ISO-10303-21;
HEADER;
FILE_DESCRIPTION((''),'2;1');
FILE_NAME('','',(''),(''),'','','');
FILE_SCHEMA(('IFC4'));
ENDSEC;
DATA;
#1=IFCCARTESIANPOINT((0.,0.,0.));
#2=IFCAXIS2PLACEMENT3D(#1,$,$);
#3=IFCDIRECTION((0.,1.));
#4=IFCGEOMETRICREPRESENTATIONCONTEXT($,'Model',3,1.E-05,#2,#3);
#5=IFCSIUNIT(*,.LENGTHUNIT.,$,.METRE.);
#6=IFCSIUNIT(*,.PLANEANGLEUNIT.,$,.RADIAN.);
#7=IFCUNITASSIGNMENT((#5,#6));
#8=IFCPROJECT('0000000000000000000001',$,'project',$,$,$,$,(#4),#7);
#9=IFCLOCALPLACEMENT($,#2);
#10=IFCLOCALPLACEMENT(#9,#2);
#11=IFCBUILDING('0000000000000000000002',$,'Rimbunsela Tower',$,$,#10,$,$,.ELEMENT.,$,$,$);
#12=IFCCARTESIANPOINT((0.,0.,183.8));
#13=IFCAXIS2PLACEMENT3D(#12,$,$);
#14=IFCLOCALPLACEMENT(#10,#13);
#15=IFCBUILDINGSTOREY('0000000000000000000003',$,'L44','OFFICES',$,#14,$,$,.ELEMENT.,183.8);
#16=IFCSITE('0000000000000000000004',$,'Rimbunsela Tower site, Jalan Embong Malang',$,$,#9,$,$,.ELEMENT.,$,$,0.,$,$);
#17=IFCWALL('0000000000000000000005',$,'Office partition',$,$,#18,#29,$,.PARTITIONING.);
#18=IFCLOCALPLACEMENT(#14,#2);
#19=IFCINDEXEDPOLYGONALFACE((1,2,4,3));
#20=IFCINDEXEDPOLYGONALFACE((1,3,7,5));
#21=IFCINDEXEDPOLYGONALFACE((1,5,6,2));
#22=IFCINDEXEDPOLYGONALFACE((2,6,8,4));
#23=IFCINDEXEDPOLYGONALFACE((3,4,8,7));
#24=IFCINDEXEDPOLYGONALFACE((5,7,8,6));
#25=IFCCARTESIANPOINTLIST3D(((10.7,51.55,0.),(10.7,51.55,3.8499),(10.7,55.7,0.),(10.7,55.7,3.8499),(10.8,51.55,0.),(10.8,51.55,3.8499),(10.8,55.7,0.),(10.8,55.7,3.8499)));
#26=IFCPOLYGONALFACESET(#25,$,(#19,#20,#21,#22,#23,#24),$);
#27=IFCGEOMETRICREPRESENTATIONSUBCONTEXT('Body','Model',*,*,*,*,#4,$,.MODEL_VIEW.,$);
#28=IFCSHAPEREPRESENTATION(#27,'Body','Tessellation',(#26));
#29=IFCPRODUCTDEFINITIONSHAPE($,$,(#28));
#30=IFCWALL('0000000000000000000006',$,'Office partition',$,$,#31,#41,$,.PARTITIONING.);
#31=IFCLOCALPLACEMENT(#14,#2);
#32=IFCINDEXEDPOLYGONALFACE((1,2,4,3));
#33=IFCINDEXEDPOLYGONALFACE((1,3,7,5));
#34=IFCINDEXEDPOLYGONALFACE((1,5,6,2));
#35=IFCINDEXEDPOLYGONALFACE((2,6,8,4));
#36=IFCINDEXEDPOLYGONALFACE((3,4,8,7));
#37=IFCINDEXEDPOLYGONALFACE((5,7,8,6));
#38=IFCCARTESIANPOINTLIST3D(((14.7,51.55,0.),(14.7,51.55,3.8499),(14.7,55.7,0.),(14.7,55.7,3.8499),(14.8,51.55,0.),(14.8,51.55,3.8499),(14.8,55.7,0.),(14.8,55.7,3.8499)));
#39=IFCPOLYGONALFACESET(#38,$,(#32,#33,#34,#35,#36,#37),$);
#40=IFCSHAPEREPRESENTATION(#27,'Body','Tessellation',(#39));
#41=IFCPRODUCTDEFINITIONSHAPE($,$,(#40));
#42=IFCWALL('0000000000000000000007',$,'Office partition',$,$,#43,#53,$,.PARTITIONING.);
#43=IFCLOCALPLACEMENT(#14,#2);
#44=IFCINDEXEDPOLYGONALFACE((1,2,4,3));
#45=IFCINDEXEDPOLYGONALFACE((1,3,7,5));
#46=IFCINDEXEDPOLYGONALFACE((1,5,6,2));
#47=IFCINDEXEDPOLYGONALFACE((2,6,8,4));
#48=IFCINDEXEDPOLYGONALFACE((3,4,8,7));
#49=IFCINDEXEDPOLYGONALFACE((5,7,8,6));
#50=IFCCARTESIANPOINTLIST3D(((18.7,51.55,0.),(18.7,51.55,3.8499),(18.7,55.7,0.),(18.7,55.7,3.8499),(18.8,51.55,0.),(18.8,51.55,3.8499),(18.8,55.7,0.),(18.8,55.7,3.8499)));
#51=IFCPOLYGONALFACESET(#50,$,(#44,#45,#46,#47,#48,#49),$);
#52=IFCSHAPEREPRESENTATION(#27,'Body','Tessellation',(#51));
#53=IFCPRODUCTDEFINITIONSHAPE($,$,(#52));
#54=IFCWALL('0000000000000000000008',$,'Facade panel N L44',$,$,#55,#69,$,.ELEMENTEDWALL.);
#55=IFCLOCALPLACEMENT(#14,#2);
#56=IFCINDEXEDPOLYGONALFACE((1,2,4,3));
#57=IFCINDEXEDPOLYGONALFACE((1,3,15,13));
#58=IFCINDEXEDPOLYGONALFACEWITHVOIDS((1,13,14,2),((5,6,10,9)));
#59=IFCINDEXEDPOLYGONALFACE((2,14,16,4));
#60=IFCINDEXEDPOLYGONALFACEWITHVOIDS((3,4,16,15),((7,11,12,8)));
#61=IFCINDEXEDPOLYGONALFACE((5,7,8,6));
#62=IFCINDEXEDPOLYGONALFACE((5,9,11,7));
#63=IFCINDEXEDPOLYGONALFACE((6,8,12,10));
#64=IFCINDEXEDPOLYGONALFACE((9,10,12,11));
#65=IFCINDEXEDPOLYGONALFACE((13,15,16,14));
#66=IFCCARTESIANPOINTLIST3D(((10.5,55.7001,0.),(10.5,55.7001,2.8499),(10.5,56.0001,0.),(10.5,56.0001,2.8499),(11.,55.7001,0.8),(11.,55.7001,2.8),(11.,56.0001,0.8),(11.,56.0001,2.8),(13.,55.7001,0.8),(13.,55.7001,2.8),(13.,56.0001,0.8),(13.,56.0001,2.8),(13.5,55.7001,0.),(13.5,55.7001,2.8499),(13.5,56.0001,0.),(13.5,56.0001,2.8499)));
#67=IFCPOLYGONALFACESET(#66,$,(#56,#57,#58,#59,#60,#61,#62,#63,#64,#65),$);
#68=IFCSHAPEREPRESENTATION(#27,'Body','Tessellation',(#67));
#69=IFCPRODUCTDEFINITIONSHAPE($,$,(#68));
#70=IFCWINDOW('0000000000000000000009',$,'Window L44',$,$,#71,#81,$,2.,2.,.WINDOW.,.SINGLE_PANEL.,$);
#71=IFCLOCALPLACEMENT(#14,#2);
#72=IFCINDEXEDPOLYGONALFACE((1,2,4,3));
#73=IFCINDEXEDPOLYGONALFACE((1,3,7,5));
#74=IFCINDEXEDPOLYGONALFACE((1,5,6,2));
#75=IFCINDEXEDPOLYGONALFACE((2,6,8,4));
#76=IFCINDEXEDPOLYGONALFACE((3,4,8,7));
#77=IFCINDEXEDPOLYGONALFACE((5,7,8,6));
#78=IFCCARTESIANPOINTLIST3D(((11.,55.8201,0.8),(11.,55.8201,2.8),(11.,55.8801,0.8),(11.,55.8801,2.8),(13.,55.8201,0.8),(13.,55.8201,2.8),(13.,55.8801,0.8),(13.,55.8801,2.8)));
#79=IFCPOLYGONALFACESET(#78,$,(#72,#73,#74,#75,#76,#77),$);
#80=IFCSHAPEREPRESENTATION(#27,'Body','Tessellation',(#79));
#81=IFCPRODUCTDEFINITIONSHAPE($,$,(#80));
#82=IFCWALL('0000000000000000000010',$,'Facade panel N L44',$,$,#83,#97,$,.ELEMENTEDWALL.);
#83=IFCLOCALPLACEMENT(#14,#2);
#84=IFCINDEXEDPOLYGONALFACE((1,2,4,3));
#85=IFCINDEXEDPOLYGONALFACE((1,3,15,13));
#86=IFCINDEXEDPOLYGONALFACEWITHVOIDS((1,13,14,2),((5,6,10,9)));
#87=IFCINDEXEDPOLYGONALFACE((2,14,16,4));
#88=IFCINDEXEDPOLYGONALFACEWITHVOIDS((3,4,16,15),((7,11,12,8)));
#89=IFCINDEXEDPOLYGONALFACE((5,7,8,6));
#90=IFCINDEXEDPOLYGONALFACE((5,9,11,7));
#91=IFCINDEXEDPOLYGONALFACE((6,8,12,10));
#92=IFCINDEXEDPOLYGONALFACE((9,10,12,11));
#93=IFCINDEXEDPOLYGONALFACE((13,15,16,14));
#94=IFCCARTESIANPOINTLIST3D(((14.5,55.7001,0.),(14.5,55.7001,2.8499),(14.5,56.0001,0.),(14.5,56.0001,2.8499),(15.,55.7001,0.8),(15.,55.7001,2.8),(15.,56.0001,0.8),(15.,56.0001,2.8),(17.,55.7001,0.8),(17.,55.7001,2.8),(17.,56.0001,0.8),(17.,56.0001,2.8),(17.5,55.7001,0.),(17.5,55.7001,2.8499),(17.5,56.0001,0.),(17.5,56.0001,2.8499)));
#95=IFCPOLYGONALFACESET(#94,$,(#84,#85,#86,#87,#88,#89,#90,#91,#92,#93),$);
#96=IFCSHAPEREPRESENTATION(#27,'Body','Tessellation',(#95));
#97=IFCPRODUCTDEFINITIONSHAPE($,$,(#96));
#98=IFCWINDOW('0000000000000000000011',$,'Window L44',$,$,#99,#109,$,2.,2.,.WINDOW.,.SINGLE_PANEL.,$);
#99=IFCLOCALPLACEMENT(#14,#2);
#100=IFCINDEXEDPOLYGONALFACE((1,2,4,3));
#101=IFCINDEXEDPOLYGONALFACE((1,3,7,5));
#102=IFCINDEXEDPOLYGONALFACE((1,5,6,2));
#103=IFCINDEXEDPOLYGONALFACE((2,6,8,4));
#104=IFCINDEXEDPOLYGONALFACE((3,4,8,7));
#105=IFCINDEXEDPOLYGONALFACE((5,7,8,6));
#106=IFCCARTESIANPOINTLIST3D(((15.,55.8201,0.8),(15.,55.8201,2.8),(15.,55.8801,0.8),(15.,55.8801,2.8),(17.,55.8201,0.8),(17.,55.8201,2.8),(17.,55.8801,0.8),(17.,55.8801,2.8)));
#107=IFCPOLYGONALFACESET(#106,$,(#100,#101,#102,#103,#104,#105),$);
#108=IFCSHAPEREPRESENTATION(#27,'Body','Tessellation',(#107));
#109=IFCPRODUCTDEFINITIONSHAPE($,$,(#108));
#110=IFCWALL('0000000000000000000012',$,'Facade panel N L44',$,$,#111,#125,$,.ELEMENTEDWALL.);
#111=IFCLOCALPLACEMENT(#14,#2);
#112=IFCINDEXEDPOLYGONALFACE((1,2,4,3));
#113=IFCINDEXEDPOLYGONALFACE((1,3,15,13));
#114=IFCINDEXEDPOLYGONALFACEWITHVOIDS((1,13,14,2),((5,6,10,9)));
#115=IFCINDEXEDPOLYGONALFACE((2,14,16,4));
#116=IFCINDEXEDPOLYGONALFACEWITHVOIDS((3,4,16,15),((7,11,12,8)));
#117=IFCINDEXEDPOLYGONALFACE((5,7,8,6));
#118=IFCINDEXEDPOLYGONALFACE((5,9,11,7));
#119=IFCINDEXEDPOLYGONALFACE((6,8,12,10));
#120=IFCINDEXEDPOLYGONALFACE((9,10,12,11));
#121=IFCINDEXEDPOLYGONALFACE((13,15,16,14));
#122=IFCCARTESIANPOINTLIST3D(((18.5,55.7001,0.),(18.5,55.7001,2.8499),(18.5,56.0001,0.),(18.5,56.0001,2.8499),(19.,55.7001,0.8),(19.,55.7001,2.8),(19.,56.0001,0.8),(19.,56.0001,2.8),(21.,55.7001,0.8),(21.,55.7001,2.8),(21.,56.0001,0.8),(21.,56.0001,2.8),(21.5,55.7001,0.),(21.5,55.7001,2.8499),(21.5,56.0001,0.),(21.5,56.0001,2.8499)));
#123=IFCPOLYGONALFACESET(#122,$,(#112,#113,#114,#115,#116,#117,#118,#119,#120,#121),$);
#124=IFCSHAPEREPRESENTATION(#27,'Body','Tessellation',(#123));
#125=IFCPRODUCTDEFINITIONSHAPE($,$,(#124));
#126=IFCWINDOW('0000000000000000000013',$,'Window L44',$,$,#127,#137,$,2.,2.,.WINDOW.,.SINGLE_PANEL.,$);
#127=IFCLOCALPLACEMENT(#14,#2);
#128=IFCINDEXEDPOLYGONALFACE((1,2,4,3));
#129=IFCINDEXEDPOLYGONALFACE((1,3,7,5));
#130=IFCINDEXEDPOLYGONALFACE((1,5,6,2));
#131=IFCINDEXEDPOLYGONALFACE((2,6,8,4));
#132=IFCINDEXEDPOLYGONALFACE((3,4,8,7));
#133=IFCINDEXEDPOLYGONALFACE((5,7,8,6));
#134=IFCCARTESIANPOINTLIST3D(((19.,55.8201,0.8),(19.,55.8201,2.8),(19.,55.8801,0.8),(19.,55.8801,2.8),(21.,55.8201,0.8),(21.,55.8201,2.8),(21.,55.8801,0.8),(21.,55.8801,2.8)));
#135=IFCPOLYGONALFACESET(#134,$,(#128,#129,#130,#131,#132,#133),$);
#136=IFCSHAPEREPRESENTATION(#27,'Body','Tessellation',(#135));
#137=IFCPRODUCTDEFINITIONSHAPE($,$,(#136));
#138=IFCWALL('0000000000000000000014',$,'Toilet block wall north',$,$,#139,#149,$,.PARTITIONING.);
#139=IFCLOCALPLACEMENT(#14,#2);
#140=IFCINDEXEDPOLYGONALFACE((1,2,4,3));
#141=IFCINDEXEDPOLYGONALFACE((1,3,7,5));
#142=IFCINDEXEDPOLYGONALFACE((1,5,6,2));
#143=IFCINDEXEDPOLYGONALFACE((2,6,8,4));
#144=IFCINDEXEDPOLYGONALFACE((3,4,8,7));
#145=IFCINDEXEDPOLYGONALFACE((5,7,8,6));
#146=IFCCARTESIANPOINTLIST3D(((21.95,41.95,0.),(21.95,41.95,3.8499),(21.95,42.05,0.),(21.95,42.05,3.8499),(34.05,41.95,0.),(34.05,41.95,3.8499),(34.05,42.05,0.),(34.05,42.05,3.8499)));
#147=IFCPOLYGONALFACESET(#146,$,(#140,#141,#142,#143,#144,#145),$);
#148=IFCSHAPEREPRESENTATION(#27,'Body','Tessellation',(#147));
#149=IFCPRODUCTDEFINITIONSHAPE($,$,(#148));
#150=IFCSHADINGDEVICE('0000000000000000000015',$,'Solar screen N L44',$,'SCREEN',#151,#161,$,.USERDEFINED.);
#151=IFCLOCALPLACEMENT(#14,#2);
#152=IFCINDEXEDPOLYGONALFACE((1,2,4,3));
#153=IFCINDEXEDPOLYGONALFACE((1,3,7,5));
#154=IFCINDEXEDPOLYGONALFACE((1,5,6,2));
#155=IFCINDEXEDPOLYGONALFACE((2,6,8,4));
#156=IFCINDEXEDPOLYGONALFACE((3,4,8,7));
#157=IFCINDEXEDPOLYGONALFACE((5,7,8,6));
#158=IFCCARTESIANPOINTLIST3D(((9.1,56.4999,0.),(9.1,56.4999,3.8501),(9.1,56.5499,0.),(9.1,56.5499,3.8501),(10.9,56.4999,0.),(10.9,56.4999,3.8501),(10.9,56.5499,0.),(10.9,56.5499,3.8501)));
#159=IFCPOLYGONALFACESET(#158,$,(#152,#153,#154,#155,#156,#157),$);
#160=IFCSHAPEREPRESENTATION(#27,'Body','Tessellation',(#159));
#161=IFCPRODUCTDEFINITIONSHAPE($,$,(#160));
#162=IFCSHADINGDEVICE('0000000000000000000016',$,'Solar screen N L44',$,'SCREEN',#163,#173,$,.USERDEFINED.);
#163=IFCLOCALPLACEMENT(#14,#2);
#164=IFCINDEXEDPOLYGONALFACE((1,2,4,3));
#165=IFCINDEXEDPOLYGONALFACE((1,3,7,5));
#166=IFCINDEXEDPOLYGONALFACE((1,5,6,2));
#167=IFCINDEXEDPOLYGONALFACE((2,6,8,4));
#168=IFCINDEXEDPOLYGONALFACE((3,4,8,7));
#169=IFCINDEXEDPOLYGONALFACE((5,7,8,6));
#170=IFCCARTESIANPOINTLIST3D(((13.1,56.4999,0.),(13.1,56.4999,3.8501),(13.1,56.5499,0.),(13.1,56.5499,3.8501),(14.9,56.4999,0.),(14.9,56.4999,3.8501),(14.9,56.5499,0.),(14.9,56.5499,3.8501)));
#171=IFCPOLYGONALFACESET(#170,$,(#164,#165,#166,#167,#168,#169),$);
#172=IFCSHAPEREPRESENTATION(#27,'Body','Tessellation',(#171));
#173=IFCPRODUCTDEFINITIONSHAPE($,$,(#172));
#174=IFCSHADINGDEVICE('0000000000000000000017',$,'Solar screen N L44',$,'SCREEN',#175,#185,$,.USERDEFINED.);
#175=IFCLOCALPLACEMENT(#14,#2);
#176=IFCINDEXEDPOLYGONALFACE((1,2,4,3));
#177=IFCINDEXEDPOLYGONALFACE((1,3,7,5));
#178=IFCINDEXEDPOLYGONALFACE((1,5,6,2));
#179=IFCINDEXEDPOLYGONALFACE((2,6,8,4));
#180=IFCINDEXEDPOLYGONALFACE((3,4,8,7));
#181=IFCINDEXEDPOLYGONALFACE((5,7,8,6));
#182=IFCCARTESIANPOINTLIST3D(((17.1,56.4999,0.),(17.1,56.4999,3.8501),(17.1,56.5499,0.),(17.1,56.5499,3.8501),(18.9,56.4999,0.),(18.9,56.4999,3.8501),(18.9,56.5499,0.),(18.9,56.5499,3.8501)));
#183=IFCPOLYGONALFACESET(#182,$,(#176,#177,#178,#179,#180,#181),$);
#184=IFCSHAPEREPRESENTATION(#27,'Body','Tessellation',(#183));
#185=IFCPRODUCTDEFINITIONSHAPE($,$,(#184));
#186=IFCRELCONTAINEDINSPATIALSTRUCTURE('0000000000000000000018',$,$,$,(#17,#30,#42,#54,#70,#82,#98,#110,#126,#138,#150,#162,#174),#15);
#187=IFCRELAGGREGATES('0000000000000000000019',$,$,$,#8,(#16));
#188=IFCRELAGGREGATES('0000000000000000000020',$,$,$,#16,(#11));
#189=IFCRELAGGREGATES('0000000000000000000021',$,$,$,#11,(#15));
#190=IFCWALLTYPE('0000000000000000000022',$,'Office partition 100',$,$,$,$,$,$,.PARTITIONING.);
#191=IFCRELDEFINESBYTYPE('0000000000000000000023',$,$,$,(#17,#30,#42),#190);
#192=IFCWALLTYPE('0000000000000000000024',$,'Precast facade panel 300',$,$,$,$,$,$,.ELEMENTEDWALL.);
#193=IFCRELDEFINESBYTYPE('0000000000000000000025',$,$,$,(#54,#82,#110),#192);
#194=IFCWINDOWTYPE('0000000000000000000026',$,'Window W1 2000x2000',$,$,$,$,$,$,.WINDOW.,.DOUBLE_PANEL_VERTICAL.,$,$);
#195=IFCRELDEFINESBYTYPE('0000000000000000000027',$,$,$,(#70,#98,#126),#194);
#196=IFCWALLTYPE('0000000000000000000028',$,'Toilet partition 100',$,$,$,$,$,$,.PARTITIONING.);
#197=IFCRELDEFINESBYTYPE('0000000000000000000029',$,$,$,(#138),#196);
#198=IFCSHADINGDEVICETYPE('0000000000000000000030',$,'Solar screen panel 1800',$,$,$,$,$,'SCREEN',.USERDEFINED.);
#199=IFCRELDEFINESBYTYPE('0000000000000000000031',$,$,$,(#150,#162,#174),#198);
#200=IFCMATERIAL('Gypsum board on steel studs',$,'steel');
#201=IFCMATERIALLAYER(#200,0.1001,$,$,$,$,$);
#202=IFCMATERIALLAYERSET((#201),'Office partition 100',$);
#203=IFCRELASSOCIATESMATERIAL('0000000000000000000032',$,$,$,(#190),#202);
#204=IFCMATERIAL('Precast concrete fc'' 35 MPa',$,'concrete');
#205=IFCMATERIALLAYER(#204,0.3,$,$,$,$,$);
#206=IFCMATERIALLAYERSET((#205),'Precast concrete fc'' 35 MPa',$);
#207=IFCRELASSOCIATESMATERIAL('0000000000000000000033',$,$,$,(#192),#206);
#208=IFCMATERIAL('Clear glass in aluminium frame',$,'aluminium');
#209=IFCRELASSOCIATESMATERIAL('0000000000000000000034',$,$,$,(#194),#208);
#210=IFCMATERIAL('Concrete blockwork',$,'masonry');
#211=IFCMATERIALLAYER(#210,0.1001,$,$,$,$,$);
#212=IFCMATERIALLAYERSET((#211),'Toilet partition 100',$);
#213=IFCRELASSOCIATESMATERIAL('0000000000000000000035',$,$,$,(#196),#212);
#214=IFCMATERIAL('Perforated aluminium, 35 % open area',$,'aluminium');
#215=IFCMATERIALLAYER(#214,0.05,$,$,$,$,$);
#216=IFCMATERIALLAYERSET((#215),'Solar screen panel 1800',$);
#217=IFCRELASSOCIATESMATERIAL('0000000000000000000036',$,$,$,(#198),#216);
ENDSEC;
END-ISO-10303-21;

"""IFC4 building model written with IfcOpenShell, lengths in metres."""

from ifc_helpers import new_model, si_unit, direction, frame, frame_2d, origin, origin_2d, place, context, subcontext, project, spatial, rectangle, extrude, material, layer, layer_set, type_object, element, fill, save


model = new_model("IFC4")

# Units and contexts
model_context = context("Model", 3, precision=1e-05, world=origin(), true_north=direction((0.0, 1.0)))
body_context = subcontext(model_context, "Body", "Model", "MODEL_VIEW")
ifc_project = project(units=[si_unit("LENGTHUNIT", "METRE"), si_unit("PLANEANGLEUNIT", "RADIAN")], contexts=[model_context])

# Site, building, storey
site_placement = place(None, origin())
site = spatial("IfcSite", under=ifc_project, at=site_placement, Name="Rimbunsela Tower site, Jalan Embong Malang", CompositionType="ELEMENT", RefElevation=0.0)
building_placement = place(site_placement, origin())
building = spatial("IfcBuilding", under=site, at=building_placement, Name="Rimbunsela Tower", CompositionType="ELEMENT")
storey_placement = place(building_placement, frame((0.0, 0.0, 183.8)))
storey = spatial("IfcBuildingStorey", under=building, at=storey_placement, Name="L44", Description="OFFICES", CompositionType="ELEMENT", Elevation=183.8)

# Shared definitions
ifc_material_1 = material(Name="Gypsum board on steel studs", Category="steel")
ifc_layer_1 = layer(ifc_material_1, 0.1001)
ifc_layer_set_1 = layer_set([ifc_layer_1], Name="Office partition 100")
wall_type_1 = type_object("IfcWallType", Name="Office partition 100", PredefinedType="PARTITIONING", material=ifc_layer_set_1)

# Walls
for number, where, z_axis, x_axis, name in (
    (1, (10.75, 51.55, 0.0), (0.0, 0.0, 1.0), (0.0, 1.0, 0.0), "Office partition"),
    (2, (14.75, 51.55, 0.0), (0.0, 0.0, 1.0), (0.0, 1.0, 0.0), "Office partition"),
    (3, (18.75, 51.55, 0.0), (0.0, 0.0, 1.0), (0.0, 1.0, 0.0), "Office partition"),
):
    element("IfcWall", number, at=place(storey_placement, frame(where, z_axis=z_axis, x_axis=x_axis)), inside=storey, type_object=wall_type_1, Name=name, PredefinedType="PARTITIONING", context=body_context, shape_type="SweptSolid", body=[
        extrude(rectangle(XDim=4.1499, YDim=0.1001, at=frame_2d((2.075, 0.0))), origin(), (0.0, 0.0, 1.0), 3.8499),
    ])

# Walls, openings, windows
ifc_material_2 = material(Name="Precast concrete fc' 35 MPa", Category="concrete")
ifc_layer_2 = layer(ifc_material_2, 0.3)
ifc_layer_set_2 = layer_set([ifc_layer_2], Name="Precast concrete fc' 35 MPa")
wall_type_2 = type_object("IfcWallType", Name="Precast facade panel 300", PredefinedType="ELEMENTEDWALL", material=ifc_layer_set_2)
wall_1_placement = place(storey_placement, frame((13.5, 55.8501, 0.0), z_axis=(0.0, 0.0, 1.0), x_axis=(-1.0, 0.0, 0.0)))
wall_1 = element("IfcWall", 4, at=wall_1_placement, inside=storey, type_object=wall_type_2, Name="Facade panel N L44", PredefinedType="ELEMENTEDWALL", context=body_context, shape_type="SweptSolid", body=[
    extrude(rectangle(XDim=3.0, YDim=0.3, at=frame_2d((1.5, 0.0))), origin(), (0.0, 0.0, 1.0), 2.8499),
])
opening_1_placement = place(wall_1_placement, frame((0.5, 0.0, 0.8)))
opening_1 = element("IfcOpeningElement", 5, at=opening_1_placement, cuts=wall_1, PredefinedType="OPENING", context=body_context, shape_type="SweptSolid", body=[
    extrude(rectangle(XDim=2.0, YDim=2.0, at=frame_2d((1.0, 1.0))), frame((0.0, 0.1599, 0.0), z_axis=(0.0, -1.0, 0.0), x_axis=(1.0, 0.0, 0.0)), (0.0, 0.0, 1.0), 0.3201),
])
ifc_material_3 = material(Name="Clear glass in aluminium frame", Category="aluminium")
window_type = type_object("IfcWindowType", Name="Window W1 2000x2000", PartitioningType="DOUBLE_PANEL_VERTICAL", PredefinedType="WINDOW", material=ifc_material_3)
window_1_placement = place(opening_1_placement, origin())
window_1 = element("IfcWindow", 6, at=window_1_placement, inside=storey, type_object=window_type, Name="Window L44", OverallHeight=2.0, OverallWidth=2.0, PartitioningType="SINGLE_PANEL", PredefinedType="WINDOW", context=body_context, shape_type="SweptSolid", body=[
    extrude(rectangle(XDim=2.0, YDim=2.0, at=frame_2d((1.0, 1.0))), frame((0.0, 0.03, 0.0), z_axis=(0.0, -1.0, 0.0), x_axis=(1.0, 0.0, 0.0)), (0.0, 0.0, 1.0), 0.0601),
])
fill(opening_1, window_1)
wall_2_placement = place(storey_placement, frame((17.5, 55.8501, 0.0), z_axis=(0.0, 0.0, 1.0), x_axis=(-1.0, 0.0, 0.0)))
wall_2 = element("IfcWall", 7, at=wall_2_placement, inside=storey, type_object=wall_type_2, Name="Facade panel N L44", PredefinedType="ELEMENTEDWALL", context=body_context, shape_type="SweptSolid", body=[
    extrude(rectangle(XDim=3.0, YDim=0.3, at=frame_2d((1.5, 0.0))), origin(), (0.0, 0.0, 1.0), 2.8499),
])
opening_2_placement = place(wall_2_placement, frame((0.5, 0.0, 0.8)))
opening_2 = element("IfcOpeningElement", 8, at=opening_2_placement, cuts=wall_2, PredefinedType="OPENING", context=body_context, shape_type="SweptSolid", body=[
    extrude(rectangle(XDim=2.0, YDim=2.0, at=frame_2d((1.0, 1.0))), frame((0.0, 0.1599, 0.0), z_axis=(0.0, -1.0, 0.0), x_axis=(1.0, 0.0, 0.0)), (0.0, 0.0, 1.0), 0.3201),
])
window_2_placement = place(opening_2_placement, origin())
window_2 = element("IfcWindow", 9, at=window_2_placement, inside=storey, type_object=window_type, Name="Window L44", OverallHeight=2.0, OverallWidth=2.0, PartitioningType="SINGLE_PANEL", PredefinedType="WINDOW", context=body_context, shape_type="SweptSolid", body=[
    extrude(rectangle(XDim=2.0, YDim=2.0, at=frame_2d((1.0, 1.0))), frame((0.0, 0.03, 0.0), z_axis=(0.0, -1.0, 0.0), x_axis=(1.0, 0.0, 0.0)), (0.0, 0.0, 1.0), 0.0601),
])
fill(opening_2, window_2)
wall_3_placement = place(storey_placement, frame((21.5, 55.8501, 0.0), z_axis=(0.0, 0.0, 1.0), x_axis=(-1.0, 0.0, 0.0)))
wall_3 = element("IfcWall", 10, at=wall_3_placement, inside=storey, type_object=wall_type_2, Name="Facade panel N L44", PredefinedType="ELEMENTEDWALL", context=body_context, shape_type="SweptSolid", body=[
    extrude(rectangle(XDim=3.0, YDim=0.3, at=frame_2d((1.5, 0.0))), origin(), (0.0, 0.0, 1.0), 2.8499),
])
opening_3_placement = place(wall_3_placement, frame((0.5, 0.0, 0.8)))
opening_3 = element("IfcOpeningElement", 11, at=opening_3_placement, cuts=wall_3, PredefinedType="OPENING", context=body_context, shape_type="SweptSolid", body=[
    extrude(rectangle(XDim=2.0, YDim=2.0, at=frame_2d((1.0, 1.0))), frame((0.0, 0.1599, 0.0), z_axis=(0.0, -1.0, 0.0), x_axis=(1.0, 0.0, 0.0)), (0.0, 0.0, 1.0), 0.3201),
])
window_3_placement = place(opening_3_placement, origin())
window_3 = element("IfcWindow", 12, at=window_3_placement, inside=storey, type_object=window_type, Name="Window L44", OverallHeight=2.0, OverallWidth=2.0, PartitioningType="SINGLE_PANEL", PredefinedType="WINDOW", context=body_context, shape_type="SweptSolid", body=[
    extrude(rectangle(XDim=2.0, YDim=2.0, at=frame_2d((1.0, 1.0))), frame((0.0, 0.03, 0.0), z_axis=(0.0, -1.0, 0.0), x_axis=(1.0, 0.0, 0.0)), (0.0, 0.0, 1.0), 0.0601),
])
fill(opening_3, window_3)

# Wall
ifc_material_4 = material(Name="Concrete blockwork", Category="masonry")
ifc_layer_3 = layer(ifc_material_4, 0.1001)
ifc_layer_set_3 = layer_set([ifc_layer_3], Name="Toilet partition 100")
wall_type_3 = type_object("IfcWallType", Name="Toilet partition 100", PredefinedType="PARTITIONING", material=ifc_layer_set_3)
wall_4_placement = place(storey_placement, frame((21.95, 42.0, 0.0), z_axis=(0.0, 0.0, 1.0), x_axis=(1.0, 0.0, 0.0)))
element("IfcWall", 13, at=wall_4_placement, inside=storey, type_object=wall_type_3, Name="Toilet block wall north", PredefinedType="PARTITIONING", context=body_context, shape_type="SweptSolid", body=[
    extrude(rectangle(XDim=12.1001, YDim=0.1001, at=frame_2d((6.05, 0.0))), origin(), (0.0, 0.0, 1.0), 3.8499),
])

# Shading devices
ifc_material_5 = material(Name="Perforated aluminium, 35 % open area", Category="aluminium")
ifc_layer_4 = layer(ifc_material_5, 0.05)
ifc_layer_set_4 = layer_set([ifc_layer_4], Name="Solar screen panel 1800")
shading_device_type = type_object("IfcShadingDeviceType", Name="Solar screen panel 1800", ElementType="SCREEN", PredefinedType="USERDEFINED", material=ifc_layer_set_4)
for number, where, z_axis, x_axis, name in (
    (14, (10.0, 56.5249, 0.0), (0.0, 0.0, 1.0), (1.0, 0.0, 0.0), "Solar screen N L44"),
    (15, (14.0, 56.5249, 0.0), (0.0, 0.0, 1.0), (1.0, 0.0, 0.0), "Solar screen N L44"),
    (16, (18.0, 56.5249, 0.0), (0.0, 0.0, 1.0), (1.0, 0.0, 0.0), "Solar screen N L44"),
):
    element("IfcShadingDevice", number, at=place(storey_placement, frame(where, z_axis=z_axis, x_axis=x_axis)), inside=storey, type_object=shading_device_type, Name=name, ObjectType="SCREEN", PredefinedType="USERDEFINED", context=body_context, shape_type="SweptSolid", body=[
        extrude(rectangle(XDim=1.8, YDim=0.05, at=origin_2d()), origin(), (0.0, 0.0, 1.0), 3.8501),
    ])

save(model, "model.ifc")
